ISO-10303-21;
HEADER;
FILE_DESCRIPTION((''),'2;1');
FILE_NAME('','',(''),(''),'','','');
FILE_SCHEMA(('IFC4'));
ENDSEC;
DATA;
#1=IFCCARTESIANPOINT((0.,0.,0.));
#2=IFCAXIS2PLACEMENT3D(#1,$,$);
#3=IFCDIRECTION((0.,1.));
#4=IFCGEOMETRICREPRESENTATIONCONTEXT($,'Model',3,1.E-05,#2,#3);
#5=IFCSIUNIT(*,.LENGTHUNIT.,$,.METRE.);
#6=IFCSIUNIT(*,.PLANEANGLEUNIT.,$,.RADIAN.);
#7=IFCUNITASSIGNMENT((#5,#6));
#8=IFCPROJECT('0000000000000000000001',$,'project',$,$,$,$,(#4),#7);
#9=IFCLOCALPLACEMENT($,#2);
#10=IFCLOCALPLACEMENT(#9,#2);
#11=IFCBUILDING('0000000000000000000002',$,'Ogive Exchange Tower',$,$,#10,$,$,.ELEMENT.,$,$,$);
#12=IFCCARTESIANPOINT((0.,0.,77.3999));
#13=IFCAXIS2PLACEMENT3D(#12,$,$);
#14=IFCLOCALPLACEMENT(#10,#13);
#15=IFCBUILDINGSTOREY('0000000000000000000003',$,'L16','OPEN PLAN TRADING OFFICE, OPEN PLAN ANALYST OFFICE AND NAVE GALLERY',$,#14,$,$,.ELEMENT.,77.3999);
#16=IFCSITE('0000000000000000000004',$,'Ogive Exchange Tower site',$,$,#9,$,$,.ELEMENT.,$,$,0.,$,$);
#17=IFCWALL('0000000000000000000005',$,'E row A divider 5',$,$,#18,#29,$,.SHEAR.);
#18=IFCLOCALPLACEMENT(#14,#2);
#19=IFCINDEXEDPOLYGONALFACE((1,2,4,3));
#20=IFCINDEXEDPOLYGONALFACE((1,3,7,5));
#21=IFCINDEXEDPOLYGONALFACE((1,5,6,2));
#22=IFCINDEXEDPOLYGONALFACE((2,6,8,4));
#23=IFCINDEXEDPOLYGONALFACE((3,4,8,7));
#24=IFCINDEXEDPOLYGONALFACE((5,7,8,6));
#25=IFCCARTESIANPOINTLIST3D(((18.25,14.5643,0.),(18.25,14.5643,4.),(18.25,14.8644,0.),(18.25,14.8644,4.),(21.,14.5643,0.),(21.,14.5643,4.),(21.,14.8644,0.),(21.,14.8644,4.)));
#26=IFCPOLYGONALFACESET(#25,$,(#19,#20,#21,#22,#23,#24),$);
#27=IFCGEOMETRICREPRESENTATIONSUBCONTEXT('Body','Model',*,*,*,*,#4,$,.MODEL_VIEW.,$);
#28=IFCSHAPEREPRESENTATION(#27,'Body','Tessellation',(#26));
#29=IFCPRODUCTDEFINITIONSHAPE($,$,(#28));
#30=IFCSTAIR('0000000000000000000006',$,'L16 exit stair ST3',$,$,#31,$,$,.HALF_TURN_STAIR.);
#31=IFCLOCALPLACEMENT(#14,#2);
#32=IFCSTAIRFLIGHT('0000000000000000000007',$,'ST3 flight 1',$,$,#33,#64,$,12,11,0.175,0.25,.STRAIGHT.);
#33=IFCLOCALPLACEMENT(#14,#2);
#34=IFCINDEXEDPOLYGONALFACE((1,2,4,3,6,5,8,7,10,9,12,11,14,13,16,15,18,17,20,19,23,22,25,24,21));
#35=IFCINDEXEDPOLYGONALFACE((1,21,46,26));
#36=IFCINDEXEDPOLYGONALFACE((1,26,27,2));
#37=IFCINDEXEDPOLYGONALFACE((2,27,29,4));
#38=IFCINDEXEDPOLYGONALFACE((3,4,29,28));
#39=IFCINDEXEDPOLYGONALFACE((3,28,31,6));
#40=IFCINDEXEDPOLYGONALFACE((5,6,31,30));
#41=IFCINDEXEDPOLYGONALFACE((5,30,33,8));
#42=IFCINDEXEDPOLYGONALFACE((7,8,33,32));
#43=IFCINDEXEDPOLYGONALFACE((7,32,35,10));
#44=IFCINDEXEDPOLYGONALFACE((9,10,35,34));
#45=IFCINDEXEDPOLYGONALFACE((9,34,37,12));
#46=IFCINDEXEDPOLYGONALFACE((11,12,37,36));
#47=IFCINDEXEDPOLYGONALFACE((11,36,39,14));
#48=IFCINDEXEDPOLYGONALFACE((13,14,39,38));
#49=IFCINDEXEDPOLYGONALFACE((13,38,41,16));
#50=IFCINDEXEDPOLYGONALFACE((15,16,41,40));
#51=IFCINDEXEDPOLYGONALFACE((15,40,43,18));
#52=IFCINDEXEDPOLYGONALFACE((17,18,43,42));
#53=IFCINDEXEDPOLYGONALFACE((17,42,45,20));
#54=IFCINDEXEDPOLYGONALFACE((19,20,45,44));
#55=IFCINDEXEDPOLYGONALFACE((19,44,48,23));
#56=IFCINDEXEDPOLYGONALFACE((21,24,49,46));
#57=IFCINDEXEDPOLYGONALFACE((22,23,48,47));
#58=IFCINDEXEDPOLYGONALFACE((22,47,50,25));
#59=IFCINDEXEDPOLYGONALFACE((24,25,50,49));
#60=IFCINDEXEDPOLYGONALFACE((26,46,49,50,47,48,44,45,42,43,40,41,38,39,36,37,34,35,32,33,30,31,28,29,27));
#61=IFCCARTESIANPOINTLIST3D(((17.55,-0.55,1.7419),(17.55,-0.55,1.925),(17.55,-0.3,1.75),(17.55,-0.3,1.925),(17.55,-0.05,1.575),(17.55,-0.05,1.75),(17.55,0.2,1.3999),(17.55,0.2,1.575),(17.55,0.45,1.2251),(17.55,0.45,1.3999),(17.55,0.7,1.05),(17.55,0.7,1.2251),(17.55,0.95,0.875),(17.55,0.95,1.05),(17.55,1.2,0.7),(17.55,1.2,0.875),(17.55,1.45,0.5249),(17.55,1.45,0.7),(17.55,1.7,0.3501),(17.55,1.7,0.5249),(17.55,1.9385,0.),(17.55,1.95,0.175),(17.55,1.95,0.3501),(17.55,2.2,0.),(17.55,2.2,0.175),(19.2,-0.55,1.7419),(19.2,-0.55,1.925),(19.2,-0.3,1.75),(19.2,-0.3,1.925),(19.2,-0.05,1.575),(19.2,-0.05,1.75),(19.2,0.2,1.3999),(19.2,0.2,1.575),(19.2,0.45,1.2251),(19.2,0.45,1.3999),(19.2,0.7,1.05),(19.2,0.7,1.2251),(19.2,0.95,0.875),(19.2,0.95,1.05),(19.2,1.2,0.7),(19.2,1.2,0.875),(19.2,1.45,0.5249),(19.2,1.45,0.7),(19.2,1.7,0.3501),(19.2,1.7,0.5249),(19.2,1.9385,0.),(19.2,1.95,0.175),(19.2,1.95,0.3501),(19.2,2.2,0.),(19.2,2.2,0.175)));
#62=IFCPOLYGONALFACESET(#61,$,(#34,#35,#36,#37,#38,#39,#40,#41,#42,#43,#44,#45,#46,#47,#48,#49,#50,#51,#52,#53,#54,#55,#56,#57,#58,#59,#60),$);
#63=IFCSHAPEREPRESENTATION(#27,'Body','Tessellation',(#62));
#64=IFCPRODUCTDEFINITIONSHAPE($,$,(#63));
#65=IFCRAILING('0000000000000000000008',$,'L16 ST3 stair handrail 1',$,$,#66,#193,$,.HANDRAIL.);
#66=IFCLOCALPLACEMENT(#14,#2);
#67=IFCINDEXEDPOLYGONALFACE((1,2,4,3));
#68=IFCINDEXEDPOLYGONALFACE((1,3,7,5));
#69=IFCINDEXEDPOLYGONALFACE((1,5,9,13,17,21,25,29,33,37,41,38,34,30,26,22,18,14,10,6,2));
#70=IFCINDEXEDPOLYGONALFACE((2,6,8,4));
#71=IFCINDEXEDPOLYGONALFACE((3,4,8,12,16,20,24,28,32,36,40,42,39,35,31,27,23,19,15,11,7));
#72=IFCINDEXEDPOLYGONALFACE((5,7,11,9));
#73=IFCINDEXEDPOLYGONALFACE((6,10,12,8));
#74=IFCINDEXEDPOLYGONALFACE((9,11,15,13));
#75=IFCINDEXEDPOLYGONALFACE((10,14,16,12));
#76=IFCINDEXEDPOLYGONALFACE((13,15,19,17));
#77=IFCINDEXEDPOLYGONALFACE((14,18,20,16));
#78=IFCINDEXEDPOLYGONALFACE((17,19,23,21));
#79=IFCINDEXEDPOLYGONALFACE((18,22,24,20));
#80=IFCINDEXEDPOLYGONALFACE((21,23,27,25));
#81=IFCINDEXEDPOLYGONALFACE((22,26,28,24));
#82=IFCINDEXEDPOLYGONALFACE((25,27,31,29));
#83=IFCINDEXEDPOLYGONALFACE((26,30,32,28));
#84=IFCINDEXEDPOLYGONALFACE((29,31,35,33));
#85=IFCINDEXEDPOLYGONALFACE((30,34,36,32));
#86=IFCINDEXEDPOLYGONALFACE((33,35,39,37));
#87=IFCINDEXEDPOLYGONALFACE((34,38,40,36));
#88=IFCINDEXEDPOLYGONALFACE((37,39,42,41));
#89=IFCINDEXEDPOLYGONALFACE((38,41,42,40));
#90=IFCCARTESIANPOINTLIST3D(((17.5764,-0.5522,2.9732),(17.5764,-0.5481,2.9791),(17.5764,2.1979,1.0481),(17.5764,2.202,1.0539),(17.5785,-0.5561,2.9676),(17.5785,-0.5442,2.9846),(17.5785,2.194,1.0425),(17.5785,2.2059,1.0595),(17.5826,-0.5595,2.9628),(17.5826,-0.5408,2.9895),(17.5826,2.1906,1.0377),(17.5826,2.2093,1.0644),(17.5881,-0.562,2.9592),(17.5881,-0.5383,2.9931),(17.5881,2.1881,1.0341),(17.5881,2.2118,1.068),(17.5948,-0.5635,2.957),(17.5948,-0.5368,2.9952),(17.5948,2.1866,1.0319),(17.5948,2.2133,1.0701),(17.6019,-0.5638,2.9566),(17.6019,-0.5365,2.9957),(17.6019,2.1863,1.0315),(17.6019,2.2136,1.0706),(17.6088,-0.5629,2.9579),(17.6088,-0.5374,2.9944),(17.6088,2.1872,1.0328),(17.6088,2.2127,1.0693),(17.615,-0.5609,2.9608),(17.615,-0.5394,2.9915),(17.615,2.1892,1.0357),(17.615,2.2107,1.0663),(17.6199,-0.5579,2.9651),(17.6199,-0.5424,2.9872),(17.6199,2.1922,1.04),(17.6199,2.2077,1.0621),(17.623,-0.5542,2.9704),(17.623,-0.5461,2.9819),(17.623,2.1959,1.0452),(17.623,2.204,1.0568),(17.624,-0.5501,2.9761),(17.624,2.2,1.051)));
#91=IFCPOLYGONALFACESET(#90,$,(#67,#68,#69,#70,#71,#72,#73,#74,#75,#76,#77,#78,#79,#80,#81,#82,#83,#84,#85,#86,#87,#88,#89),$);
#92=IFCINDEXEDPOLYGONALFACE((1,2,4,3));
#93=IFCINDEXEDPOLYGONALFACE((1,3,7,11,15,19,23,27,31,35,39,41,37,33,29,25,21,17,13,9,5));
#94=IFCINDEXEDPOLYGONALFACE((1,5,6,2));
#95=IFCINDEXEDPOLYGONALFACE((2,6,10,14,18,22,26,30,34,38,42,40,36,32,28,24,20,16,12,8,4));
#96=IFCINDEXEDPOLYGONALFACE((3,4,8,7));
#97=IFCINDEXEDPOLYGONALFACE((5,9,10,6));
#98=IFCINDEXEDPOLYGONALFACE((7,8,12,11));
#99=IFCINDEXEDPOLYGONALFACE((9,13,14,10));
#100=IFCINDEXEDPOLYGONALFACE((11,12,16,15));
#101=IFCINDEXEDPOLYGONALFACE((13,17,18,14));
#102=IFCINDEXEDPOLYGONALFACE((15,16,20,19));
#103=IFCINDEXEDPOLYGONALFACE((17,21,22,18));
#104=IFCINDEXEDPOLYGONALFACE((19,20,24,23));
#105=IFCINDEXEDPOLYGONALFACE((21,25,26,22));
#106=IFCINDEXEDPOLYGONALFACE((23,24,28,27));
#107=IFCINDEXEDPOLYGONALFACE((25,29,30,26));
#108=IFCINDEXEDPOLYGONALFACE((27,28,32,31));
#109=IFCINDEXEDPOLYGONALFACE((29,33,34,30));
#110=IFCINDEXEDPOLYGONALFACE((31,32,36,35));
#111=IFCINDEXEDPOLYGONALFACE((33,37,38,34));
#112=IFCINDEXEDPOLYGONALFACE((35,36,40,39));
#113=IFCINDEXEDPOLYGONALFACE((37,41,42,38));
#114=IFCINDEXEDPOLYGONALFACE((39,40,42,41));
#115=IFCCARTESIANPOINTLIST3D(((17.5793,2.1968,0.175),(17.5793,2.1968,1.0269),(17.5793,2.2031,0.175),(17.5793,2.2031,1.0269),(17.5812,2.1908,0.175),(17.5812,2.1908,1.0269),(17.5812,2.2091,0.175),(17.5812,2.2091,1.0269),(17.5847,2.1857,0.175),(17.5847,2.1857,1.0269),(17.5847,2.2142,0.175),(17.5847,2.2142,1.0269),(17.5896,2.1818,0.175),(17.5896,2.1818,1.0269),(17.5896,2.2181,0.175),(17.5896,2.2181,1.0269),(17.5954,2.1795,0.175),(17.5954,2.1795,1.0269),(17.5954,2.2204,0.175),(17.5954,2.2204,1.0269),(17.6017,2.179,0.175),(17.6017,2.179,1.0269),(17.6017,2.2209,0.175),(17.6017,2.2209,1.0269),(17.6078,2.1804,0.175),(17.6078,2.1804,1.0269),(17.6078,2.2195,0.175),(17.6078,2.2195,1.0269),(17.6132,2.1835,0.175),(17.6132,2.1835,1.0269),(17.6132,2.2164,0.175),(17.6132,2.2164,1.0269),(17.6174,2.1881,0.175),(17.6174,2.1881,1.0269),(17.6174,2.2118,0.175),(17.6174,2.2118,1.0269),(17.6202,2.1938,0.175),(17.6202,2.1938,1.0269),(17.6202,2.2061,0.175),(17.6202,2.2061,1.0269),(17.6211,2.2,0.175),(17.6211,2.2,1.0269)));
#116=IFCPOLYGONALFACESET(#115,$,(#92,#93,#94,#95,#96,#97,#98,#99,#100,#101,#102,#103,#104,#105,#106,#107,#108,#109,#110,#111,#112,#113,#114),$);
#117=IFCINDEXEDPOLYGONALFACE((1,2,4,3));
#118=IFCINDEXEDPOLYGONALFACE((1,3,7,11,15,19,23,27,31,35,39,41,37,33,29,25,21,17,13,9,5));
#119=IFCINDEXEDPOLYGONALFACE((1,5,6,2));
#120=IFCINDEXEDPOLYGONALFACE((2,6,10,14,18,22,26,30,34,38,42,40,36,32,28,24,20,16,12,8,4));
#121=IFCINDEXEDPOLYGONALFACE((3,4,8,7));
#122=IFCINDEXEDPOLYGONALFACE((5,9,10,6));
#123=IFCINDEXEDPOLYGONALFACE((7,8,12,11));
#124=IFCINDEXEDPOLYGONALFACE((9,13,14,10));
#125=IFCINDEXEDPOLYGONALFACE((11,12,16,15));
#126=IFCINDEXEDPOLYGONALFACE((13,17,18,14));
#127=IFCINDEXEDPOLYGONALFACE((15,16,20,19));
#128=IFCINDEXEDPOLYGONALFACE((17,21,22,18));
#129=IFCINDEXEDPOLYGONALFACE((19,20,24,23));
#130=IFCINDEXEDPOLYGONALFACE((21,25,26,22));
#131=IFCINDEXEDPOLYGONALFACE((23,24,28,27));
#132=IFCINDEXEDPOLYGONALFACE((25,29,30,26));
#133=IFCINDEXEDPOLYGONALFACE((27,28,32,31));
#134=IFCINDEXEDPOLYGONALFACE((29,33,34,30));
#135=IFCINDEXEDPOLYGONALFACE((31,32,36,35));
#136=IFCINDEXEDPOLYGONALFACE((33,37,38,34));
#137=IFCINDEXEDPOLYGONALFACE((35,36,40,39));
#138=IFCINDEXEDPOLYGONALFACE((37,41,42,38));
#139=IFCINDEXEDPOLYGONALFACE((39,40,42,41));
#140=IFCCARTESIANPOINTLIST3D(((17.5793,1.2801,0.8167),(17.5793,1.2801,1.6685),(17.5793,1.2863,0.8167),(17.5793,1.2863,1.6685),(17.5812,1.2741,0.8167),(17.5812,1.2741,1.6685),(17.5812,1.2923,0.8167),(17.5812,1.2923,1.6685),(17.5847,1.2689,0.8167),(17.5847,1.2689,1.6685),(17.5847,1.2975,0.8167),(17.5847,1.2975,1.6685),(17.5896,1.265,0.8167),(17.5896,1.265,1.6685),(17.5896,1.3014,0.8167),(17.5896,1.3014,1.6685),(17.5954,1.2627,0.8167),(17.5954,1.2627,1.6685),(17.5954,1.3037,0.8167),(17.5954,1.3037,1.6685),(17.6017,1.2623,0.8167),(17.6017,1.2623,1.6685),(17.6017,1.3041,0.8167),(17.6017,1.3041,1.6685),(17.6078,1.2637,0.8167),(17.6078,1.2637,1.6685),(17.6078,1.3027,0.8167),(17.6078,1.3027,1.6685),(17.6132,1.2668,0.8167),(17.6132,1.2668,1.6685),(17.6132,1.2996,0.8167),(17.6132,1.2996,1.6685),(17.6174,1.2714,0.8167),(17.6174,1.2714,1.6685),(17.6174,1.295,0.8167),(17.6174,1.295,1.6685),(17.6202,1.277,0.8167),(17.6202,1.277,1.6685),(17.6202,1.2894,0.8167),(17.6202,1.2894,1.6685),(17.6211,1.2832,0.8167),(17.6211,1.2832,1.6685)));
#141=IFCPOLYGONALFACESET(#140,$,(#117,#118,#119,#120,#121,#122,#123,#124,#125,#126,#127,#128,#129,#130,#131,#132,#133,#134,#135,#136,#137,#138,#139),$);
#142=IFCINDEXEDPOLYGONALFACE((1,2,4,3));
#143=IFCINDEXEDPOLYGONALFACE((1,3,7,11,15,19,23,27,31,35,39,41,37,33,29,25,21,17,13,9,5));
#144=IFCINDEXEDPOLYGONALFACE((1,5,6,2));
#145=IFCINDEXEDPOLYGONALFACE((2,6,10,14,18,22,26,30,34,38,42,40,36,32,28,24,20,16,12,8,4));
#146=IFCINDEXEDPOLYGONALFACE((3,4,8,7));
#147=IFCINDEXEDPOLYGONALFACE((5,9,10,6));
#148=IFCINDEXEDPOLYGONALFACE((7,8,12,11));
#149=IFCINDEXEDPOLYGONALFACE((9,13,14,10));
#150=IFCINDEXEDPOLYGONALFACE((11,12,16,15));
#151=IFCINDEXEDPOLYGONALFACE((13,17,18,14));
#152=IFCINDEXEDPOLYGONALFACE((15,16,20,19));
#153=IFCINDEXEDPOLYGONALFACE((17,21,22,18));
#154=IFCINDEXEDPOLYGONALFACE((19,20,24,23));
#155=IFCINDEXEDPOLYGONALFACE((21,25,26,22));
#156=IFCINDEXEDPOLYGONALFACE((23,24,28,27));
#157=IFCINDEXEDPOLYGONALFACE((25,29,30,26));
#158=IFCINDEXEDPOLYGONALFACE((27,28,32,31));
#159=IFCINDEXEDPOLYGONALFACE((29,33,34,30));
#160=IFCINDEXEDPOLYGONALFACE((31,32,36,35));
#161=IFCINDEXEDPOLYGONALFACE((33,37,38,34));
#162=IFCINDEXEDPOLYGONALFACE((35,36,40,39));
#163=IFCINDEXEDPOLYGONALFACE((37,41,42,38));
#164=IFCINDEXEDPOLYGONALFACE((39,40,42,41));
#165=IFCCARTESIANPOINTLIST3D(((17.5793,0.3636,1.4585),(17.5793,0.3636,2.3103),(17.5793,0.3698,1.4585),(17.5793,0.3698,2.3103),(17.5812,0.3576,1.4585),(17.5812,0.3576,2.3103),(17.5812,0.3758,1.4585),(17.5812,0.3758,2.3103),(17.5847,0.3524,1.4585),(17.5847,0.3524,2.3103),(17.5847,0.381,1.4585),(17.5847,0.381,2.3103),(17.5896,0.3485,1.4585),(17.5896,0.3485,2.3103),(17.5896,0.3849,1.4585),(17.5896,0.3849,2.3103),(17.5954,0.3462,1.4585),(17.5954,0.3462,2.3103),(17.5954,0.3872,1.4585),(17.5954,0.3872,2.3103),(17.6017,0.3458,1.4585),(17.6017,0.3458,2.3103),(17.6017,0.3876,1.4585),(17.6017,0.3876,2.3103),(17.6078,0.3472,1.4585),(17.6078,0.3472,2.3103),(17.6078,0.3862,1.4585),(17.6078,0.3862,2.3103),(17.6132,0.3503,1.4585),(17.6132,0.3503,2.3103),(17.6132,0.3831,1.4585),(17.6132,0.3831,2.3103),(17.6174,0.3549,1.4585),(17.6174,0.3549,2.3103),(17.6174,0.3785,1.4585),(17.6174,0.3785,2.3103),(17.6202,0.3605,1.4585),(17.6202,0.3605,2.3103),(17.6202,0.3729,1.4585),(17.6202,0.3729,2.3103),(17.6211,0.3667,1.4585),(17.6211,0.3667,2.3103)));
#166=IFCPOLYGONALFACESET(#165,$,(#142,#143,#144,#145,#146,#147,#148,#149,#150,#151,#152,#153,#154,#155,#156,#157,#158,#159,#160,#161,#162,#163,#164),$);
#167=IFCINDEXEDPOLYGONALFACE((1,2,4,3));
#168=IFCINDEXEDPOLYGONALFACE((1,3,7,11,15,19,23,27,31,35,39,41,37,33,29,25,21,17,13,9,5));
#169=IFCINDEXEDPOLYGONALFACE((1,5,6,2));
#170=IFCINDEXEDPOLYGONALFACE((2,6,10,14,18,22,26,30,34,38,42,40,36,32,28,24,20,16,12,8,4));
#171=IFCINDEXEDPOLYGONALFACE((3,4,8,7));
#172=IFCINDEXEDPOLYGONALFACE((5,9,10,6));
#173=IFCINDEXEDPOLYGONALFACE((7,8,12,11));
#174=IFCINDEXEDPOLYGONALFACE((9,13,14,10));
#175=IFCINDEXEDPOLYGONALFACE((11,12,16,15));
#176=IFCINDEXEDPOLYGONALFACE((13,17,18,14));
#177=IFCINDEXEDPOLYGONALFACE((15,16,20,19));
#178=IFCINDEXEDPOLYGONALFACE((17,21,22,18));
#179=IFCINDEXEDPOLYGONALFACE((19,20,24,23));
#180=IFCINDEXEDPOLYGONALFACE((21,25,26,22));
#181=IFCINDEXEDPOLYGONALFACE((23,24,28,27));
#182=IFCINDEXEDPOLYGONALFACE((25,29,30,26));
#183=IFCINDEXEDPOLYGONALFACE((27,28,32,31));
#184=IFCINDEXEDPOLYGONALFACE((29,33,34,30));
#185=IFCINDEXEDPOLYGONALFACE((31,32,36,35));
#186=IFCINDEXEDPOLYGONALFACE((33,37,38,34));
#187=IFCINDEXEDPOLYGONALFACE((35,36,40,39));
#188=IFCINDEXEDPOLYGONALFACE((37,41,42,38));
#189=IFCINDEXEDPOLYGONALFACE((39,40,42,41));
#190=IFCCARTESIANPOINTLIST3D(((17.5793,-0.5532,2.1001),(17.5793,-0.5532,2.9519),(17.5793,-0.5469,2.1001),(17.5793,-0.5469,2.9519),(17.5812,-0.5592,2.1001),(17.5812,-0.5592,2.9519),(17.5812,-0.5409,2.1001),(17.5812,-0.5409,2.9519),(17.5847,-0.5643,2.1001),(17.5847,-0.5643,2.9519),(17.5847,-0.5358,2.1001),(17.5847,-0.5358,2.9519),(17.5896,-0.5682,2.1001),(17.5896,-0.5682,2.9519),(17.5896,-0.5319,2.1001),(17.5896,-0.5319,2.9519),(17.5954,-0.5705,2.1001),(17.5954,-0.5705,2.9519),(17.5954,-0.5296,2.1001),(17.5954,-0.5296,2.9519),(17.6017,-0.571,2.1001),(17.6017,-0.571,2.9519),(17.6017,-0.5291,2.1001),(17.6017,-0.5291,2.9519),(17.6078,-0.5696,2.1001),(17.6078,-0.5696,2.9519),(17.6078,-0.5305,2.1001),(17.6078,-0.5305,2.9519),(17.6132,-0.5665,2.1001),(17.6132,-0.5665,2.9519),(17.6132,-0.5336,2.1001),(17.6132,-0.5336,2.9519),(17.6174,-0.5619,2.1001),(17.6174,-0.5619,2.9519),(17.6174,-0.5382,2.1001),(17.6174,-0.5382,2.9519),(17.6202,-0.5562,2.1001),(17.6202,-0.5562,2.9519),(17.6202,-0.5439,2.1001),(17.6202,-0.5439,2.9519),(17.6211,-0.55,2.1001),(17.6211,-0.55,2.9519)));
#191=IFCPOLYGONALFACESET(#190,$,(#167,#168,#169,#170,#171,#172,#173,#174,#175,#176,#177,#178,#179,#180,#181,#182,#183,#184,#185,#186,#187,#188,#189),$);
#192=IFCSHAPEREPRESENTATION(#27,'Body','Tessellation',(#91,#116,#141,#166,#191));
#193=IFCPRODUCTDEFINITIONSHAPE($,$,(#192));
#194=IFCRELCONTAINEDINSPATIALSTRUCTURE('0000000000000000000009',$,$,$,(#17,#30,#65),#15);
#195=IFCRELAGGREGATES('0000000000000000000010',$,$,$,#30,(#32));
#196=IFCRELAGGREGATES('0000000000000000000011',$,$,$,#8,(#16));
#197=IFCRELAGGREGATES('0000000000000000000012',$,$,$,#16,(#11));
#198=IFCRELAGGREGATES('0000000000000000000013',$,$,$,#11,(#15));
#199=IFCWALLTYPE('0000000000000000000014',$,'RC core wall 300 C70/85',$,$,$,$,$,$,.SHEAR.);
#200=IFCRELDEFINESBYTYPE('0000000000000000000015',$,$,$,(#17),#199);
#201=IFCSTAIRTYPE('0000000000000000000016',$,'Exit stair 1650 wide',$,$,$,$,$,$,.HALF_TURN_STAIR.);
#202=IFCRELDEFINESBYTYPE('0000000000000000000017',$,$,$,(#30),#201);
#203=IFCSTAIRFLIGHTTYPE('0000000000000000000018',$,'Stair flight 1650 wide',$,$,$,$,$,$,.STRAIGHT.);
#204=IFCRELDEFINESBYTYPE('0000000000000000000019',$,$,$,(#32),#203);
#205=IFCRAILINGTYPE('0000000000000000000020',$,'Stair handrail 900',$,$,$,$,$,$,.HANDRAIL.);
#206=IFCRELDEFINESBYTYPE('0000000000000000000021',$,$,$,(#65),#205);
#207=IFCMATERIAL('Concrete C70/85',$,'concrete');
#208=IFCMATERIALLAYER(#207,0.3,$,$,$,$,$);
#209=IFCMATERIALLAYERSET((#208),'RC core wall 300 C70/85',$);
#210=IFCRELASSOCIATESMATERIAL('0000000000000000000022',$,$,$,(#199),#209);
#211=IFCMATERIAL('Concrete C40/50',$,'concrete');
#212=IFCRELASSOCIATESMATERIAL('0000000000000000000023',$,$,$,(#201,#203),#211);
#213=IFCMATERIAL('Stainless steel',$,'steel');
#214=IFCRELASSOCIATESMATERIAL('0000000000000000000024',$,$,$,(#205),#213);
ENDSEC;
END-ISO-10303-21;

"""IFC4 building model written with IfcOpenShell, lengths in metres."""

from ifc_helpers import new_model, si_unit, direction, frame, frame_2d, origin, origin_2d, place, context, subcontext, project, spatial, polyline, rectangle, circle, outline, extrude, material, layer, layer_set, type_object, element, aggregate, save


model = new_model("IFC4")

# Units and contexts
model_context = context("Model", 3, precision=1e-05, world=origin(), true_north=direction((0.0, 1.0)))
body_context = subcontext(model_context, "Body", "Model", "MODEL_VIEW")
ifc_project = project(units=[si_unit("LENGTHUNIT", "METRE"), si_unit("PLANEANGLEUNIT", "RADIAN")], contexts=[model_context])

# Site, building, storey
site_placement = place(None, origin())
site = spatial("IfcSite", under=ifc_project, at=site_placement, Name="Ogive Exchange Tower site", CompositionType="ELEMENT", RefElevation=0.0)
building_placement = place(site_placement, origin())
building = spatial("IfcBuilding", under=site, at=building_placement, Name="Ogive Exchange Tower", CompositionType="ELEMENT")
storey_placement = place(building_placement, frame((0.0, 0.0, 77.3999)))
storey = spatial("IfcBuildingStorey", under=building, at=storey_placement, Name="L16", Description="OPEN PLAN TRADING OFFICE, OPEN PLAN ANALYST OFFICE AND NAVE GALLERY", CompositionType="ELEMENT", Elevation=77.3999)

# Shared definitions
ifc_material_1 = material(Name="Concrete C70/85", Category="concrete")

# Shared definitions
ifc_material_2 = material(Name="Stainless steel", Category="steel")

# Wall
ifc_layer_1 = layer(ifc_material_1, 0.3)
ifc_layer_set_1 = layer_set([ifc_layer_1], Name="RC core wall 300 C70/85")
wall_type_1 = type_object("IfcWallType", Name="RC core wall 300 C70/85", PredefinedType="SHEAR", material=ifc_layer_set_1)
for number, where, z_axis, x_axis, name in (
    (1, (18.25, 14.7144, 0.0), (0.0, 0.0, 1.0), (1.0, 0.0, 0.0), "E row A divider 5"),
):
    element("IfcWall", number, at=place(storey_placement, frame(where, z_axis=z_axis, x_axis=x_axis)), inside=storey, type_object=wall_type_1, Name=name, PredefinedType="SHEAR", context=body_context, shape_type="SweptSolid", body=[
        extrude(rectangle(XDim=2.75, YDim=0.3, at=frame_2d((1.375, 0.0))), origin(), (0.0, 0.0, 1.0), 4.0),
    ])

# Stair, stair flight
ifc_material_3 = material(Name="Concrete C40/50", Category="concrete")
stair_type = type_object("IfcStairType", Name="Exit stair 1650 wide", PredefinedType="HALF_TURN_STAIR", material=ifc_material_3)
stair_placement = place(storey_placement, origin())
stair = element("IfcStair", 2, at=stair_placement, inside=storey, type_object=stair_type, Name="L16 exit stair ST3", PredefinedType="HALF_TURN_STAIR")
stair_flight_type = type_object("IfcStairFlightType", Name="Stair flight 1650 wide", PredefinedType="STRAIGHT", material=ifc_material_3)
stair_flight_placement = place(storey_placement, frame((18.375, 2.2, 0.0), z_axis=(0.0, 0.0, 1.0), x_axis=(0.0, -1.0, 0.0)))
stair_flight = element("IfcStairFlight", 3, at=stair_flight_placement, type_object=stair_flight_type, Name="ST3 flight 1", NumberOfRisers=12, NumberOfTreads=11, PredefinedType="STRAIGHT", RiserHeight=0.175, TreadLength=0.25, context=body_context, shape_type="SweptSolid", body=[
    extrude(outline(polyline([(0.0, 0.0), (0.0, 0.175), (0.25, 0.175), (0.25, 0.3501), (0.5, 0.3501), (0.5, 0.5249), (0.75, 0.5249), (0.75, 0.7), (1.0, 0.7), (1.0, 0.875), (1.25, 0.875), (1.25, 1.05), (1.5, 1.05), (1.5, 1.2251), (1.75, 1.2251), (1.75, 1.3999), (2.0, 1.3999), (2.0, 1.575), (2.25, 1.575), (2.25, 1.75), (2.5, 1.75), (2.5, 1.925), (2.75, 1.925), (2.75, 2.1001), (2.75, 1.7419), (0.2615, 0.0), (0.0, 0.0)])), frame((0.0, 0.825, 0.0), z_axis=(0.0, -1.0, 0.0), x_axis=(1.0, 0.0, 0.0)), (0.0, 0.0, 1.0), 1.6499),
])
aggregate(stair, [stair_flight])

# Railing
railing_type = type_object("IfcRailingType", Name="Stair handrail 900", PredefinedType="HANDRAIL", material=ifc_material_2)
railing_placement = place(storey_placement, frame((17.6001, 2.2, 0.175)))
element("IfcRailing", 4, at=railing_placement, inside=storey, type_object=railing_type, Name="L16 ST3 stair handrail 1", PredefinedType="HANDRAIL", context=body_context, shape_type="SweptSolid", body=[
    extrude(circle(Radius=0.0239, at=origin_2d()), frame((0.0, 0.0, 0.876), z_axis=(0.0, -0.819225, 0.573472), x_axis=(1.0, 0.0, 0.0)), (0.0, 0.0, 1.0), 3.3569),
    extrude(circle(Radius=0.021, at=origin_2d()), origin(), (0.0, 0.0, 1.0), 0.8518),
    extrude(circle(Radius=0.021, at=origin_2d()), frame((0.0, -0.9167, 0.6416)), (0.0, 0.0, 1.0), 0.8518),
    extrude(circle(Radius=0.021, at=origin_2d()), frame((0.0, -1.8333, 1.2834)), (0.0, 0.0, 1.0), 0.8518),
    extrude(circle(Radius=0.021, at=origin_2d()), frame((0.0, -2.75, 1.925)), (0.0, 0.0, 1.0), 0.8518),
])

save(model, "model.ifc")
